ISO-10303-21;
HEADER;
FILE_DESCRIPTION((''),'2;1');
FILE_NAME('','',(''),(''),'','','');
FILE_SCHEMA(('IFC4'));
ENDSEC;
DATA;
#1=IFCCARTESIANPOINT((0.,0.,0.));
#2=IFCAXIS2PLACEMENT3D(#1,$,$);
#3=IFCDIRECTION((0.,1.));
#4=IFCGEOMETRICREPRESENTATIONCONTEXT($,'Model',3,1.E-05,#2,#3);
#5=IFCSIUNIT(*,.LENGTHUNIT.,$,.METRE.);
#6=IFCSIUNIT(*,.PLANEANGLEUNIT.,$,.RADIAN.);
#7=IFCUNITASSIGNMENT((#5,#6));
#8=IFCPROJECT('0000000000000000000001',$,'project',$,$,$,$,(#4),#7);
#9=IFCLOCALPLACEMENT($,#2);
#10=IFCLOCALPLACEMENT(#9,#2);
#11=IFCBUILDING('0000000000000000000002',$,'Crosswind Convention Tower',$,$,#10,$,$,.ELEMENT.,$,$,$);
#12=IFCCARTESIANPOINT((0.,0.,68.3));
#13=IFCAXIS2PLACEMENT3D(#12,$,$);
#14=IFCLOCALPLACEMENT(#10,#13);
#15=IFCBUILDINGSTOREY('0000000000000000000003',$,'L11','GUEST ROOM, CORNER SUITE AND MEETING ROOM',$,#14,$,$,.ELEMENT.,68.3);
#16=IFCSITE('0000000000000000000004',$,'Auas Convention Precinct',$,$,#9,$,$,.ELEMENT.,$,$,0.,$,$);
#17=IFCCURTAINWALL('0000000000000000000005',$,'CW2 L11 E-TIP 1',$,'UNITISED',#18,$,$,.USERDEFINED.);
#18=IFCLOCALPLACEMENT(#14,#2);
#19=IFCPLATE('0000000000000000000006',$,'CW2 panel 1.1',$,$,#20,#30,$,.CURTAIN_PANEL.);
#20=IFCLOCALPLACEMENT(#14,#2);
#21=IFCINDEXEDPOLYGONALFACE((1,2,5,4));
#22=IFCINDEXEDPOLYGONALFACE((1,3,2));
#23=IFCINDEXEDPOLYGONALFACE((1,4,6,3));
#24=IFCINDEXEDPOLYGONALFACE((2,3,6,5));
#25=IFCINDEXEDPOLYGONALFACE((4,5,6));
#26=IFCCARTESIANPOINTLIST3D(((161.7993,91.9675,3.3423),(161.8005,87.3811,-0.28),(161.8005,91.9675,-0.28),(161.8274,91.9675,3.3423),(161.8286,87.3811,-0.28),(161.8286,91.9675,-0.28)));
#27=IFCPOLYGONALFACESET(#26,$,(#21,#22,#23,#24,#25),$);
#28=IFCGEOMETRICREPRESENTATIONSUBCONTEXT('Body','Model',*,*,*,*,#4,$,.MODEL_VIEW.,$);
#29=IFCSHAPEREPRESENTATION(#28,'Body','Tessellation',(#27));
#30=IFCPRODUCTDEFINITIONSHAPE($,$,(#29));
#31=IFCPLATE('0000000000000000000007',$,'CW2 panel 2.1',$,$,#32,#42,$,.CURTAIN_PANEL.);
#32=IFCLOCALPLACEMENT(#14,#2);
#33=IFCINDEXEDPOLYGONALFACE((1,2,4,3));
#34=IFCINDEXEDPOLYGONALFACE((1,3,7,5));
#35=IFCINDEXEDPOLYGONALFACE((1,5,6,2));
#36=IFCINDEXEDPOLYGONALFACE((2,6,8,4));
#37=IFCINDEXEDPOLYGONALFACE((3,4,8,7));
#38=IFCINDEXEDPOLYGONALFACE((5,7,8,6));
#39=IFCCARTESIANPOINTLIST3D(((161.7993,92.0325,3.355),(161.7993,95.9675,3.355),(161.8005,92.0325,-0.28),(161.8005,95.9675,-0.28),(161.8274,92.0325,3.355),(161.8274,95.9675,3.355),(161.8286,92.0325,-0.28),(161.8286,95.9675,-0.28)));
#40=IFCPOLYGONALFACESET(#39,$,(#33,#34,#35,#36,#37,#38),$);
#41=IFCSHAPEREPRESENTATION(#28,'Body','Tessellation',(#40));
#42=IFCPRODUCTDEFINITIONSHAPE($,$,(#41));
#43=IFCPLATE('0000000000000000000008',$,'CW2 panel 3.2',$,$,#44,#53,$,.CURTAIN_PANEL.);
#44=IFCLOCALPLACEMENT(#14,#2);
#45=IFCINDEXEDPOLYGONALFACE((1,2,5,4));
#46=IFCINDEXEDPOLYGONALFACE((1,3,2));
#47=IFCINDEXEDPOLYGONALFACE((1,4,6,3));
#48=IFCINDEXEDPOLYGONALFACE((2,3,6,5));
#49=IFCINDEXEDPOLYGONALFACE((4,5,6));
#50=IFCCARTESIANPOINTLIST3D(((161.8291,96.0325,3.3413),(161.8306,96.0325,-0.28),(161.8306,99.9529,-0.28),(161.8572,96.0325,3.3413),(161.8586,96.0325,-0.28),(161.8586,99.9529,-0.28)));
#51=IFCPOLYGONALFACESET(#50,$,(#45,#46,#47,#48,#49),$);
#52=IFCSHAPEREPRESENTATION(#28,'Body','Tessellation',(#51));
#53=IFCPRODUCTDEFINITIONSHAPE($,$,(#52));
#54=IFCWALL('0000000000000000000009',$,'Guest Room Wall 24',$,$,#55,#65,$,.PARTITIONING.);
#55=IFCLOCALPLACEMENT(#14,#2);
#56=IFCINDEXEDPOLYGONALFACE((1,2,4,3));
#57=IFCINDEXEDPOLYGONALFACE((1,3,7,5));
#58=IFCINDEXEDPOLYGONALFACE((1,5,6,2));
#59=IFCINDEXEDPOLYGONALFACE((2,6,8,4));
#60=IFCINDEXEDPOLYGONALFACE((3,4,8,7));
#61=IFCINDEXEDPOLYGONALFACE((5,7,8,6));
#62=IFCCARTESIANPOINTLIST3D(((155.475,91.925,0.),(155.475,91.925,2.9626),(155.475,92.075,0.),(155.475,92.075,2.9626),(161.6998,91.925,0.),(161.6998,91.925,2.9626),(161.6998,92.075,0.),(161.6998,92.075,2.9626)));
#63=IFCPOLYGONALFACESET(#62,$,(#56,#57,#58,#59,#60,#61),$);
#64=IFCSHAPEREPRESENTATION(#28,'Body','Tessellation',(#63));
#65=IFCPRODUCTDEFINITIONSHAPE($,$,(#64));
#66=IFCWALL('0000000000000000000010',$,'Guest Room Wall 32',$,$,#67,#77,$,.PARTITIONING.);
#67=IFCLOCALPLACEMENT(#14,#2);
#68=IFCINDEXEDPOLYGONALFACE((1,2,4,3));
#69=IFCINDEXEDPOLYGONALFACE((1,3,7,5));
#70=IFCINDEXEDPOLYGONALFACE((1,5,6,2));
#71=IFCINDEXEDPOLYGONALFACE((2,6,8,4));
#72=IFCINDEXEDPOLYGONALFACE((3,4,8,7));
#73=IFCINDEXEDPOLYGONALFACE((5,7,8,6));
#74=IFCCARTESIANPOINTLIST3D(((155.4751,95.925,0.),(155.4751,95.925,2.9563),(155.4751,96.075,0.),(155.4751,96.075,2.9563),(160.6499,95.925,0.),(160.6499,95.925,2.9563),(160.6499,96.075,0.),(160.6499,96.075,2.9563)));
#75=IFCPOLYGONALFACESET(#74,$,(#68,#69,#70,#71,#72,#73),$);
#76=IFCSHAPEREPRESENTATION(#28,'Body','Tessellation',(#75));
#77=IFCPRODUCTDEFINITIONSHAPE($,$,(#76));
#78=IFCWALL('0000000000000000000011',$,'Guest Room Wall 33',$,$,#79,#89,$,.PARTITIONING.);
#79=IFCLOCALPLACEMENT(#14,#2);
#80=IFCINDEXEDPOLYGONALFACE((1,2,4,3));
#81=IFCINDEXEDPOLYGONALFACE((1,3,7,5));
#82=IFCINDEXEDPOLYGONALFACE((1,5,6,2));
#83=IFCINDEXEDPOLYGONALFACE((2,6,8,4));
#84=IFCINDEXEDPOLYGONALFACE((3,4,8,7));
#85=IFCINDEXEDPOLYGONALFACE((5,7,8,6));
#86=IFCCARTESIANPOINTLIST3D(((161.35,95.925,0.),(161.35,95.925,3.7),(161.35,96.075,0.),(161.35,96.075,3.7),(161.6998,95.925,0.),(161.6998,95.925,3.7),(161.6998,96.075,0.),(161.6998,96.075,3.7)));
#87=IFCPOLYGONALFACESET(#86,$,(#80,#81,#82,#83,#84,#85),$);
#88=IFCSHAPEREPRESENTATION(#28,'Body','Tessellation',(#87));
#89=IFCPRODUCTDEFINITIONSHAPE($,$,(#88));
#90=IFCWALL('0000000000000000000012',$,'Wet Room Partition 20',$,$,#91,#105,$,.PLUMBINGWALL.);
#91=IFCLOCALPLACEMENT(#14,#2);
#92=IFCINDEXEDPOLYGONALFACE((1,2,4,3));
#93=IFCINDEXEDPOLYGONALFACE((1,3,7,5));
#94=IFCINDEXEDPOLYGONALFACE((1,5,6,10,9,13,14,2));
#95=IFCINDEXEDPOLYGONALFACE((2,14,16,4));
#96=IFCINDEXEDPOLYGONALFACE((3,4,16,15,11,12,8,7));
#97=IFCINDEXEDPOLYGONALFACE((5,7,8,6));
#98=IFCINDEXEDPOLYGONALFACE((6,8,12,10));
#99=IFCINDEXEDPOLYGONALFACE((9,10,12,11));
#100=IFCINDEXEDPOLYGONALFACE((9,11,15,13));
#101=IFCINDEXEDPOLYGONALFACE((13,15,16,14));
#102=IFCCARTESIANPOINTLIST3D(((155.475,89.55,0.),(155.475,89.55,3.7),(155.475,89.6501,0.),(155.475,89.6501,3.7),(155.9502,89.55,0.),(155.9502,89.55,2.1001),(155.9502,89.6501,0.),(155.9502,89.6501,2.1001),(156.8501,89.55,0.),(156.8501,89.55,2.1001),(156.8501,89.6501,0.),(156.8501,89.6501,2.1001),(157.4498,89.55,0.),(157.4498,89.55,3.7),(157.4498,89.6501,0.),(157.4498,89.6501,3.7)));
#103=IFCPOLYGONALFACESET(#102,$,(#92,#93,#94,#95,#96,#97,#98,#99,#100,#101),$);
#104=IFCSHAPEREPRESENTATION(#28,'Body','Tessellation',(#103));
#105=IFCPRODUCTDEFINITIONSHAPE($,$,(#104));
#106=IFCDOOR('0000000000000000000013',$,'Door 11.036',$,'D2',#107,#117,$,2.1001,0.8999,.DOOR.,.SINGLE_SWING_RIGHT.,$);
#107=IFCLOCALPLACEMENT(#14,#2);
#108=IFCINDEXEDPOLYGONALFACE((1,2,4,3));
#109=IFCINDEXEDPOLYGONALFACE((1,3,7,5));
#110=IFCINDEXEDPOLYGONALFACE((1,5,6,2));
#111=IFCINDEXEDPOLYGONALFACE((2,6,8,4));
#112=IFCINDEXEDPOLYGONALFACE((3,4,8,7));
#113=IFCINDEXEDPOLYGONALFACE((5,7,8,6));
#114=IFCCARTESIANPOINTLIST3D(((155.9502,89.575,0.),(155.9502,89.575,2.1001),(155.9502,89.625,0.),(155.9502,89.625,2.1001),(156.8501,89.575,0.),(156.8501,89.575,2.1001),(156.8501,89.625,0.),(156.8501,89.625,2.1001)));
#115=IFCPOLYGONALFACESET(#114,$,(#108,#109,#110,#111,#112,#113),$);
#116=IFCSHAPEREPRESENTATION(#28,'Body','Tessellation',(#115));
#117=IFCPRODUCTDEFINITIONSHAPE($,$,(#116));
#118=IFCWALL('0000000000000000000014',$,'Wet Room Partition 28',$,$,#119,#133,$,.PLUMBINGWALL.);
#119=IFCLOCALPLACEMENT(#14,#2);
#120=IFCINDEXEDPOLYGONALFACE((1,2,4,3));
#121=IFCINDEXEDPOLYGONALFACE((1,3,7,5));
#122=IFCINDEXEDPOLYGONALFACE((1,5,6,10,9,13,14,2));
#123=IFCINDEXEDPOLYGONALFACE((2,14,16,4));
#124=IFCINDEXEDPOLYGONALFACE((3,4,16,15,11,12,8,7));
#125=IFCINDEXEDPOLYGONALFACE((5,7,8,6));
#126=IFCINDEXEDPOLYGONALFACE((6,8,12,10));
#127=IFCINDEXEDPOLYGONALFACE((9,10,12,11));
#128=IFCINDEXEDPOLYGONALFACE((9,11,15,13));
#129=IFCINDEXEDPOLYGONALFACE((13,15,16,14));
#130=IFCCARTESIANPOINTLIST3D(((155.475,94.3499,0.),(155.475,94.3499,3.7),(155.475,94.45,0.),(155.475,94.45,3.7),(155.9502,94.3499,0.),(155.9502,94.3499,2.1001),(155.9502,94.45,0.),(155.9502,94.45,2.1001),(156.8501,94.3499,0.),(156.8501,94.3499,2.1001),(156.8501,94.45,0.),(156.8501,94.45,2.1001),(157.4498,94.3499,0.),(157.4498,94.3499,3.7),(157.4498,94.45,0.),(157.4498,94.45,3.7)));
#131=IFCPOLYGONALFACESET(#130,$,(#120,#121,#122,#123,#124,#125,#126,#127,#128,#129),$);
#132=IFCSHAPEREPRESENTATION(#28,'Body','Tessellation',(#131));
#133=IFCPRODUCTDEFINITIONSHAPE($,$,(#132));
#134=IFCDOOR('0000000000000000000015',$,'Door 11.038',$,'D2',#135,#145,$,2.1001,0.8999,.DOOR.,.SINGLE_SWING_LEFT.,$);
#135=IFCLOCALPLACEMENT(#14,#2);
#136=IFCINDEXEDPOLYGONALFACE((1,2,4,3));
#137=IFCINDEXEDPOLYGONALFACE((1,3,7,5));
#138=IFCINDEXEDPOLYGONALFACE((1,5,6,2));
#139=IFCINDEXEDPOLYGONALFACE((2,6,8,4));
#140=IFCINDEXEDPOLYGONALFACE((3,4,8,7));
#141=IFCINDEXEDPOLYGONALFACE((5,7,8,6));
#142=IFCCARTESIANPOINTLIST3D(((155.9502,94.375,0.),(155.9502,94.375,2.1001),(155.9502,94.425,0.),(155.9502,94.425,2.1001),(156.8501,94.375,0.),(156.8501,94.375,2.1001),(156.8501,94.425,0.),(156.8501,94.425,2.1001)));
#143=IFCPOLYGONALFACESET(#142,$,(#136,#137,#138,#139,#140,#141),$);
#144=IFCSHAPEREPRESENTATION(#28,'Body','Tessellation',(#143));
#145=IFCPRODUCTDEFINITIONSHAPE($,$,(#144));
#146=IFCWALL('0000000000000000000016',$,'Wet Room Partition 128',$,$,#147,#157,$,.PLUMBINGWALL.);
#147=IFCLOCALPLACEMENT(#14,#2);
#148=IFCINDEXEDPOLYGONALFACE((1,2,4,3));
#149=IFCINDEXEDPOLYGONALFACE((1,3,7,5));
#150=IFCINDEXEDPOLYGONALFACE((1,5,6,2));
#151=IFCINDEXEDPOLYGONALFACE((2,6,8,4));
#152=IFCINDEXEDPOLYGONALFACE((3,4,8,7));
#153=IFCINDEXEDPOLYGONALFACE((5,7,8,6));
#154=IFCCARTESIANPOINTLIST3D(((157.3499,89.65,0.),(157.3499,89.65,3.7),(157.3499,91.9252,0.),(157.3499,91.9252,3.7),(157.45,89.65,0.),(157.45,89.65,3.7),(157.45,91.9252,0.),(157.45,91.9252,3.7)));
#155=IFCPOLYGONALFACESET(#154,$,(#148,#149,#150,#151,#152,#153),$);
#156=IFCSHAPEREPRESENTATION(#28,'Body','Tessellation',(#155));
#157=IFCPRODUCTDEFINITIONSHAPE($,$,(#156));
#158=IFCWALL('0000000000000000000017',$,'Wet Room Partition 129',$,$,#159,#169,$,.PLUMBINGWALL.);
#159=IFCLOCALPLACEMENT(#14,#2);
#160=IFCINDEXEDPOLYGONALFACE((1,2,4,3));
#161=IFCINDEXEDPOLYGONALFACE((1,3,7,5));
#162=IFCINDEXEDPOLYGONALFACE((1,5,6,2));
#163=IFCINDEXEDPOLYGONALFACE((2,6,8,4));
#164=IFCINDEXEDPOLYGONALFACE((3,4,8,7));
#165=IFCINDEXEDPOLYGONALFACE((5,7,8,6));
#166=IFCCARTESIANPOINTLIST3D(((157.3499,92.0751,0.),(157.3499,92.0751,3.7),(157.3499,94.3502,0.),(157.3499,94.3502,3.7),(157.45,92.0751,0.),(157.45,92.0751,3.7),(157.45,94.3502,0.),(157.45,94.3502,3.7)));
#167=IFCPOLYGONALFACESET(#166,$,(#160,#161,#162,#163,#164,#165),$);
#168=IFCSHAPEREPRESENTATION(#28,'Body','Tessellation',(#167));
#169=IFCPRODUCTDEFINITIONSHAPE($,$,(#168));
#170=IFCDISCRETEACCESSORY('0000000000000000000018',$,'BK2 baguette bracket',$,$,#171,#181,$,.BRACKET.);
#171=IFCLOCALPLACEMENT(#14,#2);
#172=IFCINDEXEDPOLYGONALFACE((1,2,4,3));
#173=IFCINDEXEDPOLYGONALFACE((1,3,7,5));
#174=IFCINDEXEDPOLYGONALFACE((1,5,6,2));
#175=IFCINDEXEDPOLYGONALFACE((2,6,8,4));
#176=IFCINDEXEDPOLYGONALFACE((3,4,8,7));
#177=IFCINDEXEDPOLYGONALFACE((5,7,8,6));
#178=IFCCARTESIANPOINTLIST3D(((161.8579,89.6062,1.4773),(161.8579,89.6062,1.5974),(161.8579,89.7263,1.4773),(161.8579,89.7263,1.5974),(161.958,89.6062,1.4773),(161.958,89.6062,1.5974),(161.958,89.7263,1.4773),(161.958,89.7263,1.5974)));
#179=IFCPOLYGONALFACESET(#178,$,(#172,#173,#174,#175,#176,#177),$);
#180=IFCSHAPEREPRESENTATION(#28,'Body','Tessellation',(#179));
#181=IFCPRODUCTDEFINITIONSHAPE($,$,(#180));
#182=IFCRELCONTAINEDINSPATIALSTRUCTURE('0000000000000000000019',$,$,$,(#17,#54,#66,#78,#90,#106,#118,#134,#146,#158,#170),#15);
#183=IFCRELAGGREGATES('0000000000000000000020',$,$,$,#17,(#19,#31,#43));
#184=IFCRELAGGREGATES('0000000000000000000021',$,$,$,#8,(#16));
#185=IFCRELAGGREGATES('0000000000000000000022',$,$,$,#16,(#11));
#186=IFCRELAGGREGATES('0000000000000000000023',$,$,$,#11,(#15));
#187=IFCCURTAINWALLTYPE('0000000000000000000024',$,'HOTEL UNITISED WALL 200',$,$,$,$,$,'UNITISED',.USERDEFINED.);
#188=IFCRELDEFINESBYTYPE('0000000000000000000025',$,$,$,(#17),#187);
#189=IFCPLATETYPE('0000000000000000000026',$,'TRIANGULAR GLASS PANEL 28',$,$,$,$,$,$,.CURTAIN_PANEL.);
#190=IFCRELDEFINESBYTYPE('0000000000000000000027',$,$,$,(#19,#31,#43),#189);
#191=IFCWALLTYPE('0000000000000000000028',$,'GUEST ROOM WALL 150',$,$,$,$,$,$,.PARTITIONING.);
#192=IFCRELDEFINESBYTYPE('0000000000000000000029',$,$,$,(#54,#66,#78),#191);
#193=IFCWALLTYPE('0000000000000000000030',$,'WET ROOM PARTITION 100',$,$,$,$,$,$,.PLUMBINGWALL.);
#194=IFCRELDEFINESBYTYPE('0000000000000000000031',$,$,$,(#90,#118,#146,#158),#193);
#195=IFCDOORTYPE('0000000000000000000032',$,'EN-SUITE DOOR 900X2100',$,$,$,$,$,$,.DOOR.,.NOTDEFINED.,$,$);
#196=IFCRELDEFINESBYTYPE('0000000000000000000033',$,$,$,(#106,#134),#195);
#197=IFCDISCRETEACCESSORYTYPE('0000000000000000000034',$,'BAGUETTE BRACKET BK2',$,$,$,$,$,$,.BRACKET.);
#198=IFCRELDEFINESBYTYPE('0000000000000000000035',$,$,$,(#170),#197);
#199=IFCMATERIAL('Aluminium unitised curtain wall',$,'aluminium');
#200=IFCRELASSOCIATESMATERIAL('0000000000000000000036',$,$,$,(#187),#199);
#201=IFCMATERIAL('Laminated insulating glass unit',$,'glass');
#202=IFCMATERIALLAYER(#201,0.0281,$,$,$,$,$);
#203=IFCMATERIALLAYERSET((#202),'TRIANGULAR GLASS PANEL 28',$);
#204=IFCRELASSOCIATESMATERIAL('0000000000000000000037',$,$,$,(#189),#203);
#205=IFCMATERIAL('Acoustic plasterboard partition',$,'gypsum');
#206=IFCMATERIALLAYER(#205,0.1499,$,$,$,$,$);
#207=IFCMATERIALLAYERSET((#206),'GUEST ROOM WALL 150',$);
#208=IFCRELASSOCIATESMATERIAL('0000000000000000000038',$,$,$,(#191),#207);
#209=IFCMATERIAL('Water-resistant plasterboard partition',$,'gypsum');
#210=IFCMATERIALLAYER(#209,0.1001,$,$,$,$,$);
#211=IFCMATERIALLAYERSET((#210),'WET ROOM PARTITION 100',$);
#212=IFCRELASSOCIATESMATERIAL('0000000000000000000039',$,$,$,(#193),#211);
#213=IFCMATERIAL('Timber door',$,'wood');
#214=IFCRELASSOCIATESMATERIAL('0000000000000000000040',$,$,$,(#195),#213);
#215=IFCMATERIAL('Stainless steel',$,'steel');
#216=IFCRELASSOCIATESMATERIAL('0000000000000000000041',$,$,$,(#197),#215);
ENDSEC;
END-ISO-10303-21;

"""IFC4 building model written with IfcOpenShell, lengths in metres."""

from ifc_helpers import new_model, si_unit, direction, frame, frame_2d, origin, origin_2d, place, context, subcontext, project, spatial, polyline, rectangle, outline, extrude, material, layer, layer_set, type_object, element, fill, aggregate, save


model = new_model("IFC4")

# Units and contexts
model_context = context("Model", 3, precision=1e-05, world=origin(), true_north=direction((0.0, 1.0)))
body_context = subcontext(model_context, "Body", "Model", "MODEL_VIEW")
ifc_project = project(units=[si_unit("LENGTHUNIT", "METRE"), si_unit("PLANEANGLEUNIT", "RADIAN")], contexts=[model_context])

# Site, building, storey
site_placement = place(None, origin())
site = spatial("IfcSite", under=ifc_project, at=site_placement, Name="Auas Convention Precinct", CompositionType="ELEMENT", RefElevation=0.0)
building_placement = place(site_placement, origin())
building = spatial("IfcBuilding", under=site, at=building_placement, Name="Crosswind Convention Tower", CompositionType="ELEMENT")
storey_placement = place(building_placement, frame((0.0, 0.0, 68.3)))
storey = spatial("IfcBuildingStorey", under=building, at=storey_placement, Name="L11", Description="GUEST ROOM, CORNER SUITE AND MEETING ROOM", CompositionType="ELEMENT", Elevation=68.3)

# Curtain wall, plates
ifc_material_1 = material(Name="Aluminium unitised curtain wall", Category="aluminium")
curtain_wall_type = type_object("IfcCurtainWallType", Name="HOTEL UNITISED WALL 200", ElementType="UNITISED", PredefinedType="USERDEFINED", material=ifc_material_1)
curtain_wall_placement = place(storey_placement, origin())
curtain_wall = element("IfcCurtainWall", 1, at=curtain_wall_placement, inside=storey, type_object=curtain_wall_type, Name="CW2 L11 E-TIP 1", ObjectType="UNITISED", PredefinedType="USERDEFINED")
ifc_material_2 = material(Name="Laminated insulating glass unit", Category="glass")
ifc_layer_1 = layer(ifc_material_2, 0.0281)
ifc_layer_set_1 = layer_set([ifc_layer_1], Name="TRIANGULAR GLASS PANEL 28")
plate_type = type_object("IfcPlateType", Name="TRIANGULAR GLASS PANEL 28", PredefinedType="CURTAIN_PANEL", material=ifc_layer_set_1)
plate_1_placement = place(storey_placement, frame((161.8286, 91.9675, -0.28), z_axis=(1.0, 0.0, 0.000337), x_axis=(-0.000337, 0.0, 1.0)))
plate_1 = element("IfcPlate", 2, at=plate_1_placement, type_object=plate_type, Name="CW2 panel 1.1", PredefinedType="CURTAIN_PANEL", context=body_context, shape_type="SweptSolid", body=[
    extrude(outline(polyline([(0.0, 0.0), (3.6223, 0.0), (0.0, 4.5864), (0.0, 0.0)])), origin(), (0.0, 0.0, -1.0), 0.0281),
])
plate_2_placement = place(storey_placement, frame((161.8286, 92.0325, -0.28), z_axis=(1.0, 0.0, 0.000336), x_axis=(0.0, 1.0, 0.0)))
plate_2 = element("IfcPlate", 3, at=plate_2_placement, type_object=plate_type, Name="CW2 panel 2.1", PredefinedType="CURTAIN_PANEL", context=body_context, shape_type="SweptSolid", body=[
    extrude(outline(polyline([(0.0, 0.0), (3.9351, 0.0), (3.9351, 3.635), (0.0, 3.635), (0.0, 0.0)])), origin(), (0.0, 0.0, -1.0), 0.0281),
])
plate_3_placement = place(storey_placement, frame((161.8586, 96.0325, -0.28), z_axis=(1.0, 0.0, 0.000405), x_axis=(0.0, 1.0, 0.0)))
plate_3 = element("IfcPlate", 4, at=plate_3_placement, type_object=plate_type, Name="CW2 panel 3.2", PredefinedType="CURTAIN_PANEL", context=body_context, shape_type="SweptSolid", body=[
    extrude(outline(polyline([(0.0, 0.0), (3.9204, 0.0), (0.0, 3.6213), (0.0, 0.0)])), origin(), (0.0, 0.0, -1.0), 0.0281),
])
aggregate(curtain_wall, [plate_1, plate_2, plate_3])

# Walls
ifc_material_3 = material(Name="Acoustic plasterboard partition", Category="gypsum")
ifc_layer_2 = layer(ifc_material_3, 0.1499)
ifc_layer_set_2 = layer_set([ifc_layer_2], Name="GUEST ROOM WALL 150")
wall_type_1 = type_object("IfcWallType", Name="GUEST ROOM WALL 150", PredefinedType="PARTITIONING", material=ifc_layer_set_2)
wall_1_placement = place(storey_placement, frame((155.4751, 92.0, 0.0), z_axis=(0.0, 0.0, 1.0), x_axis=(1.0, 0.0, 0.0)))
element("IfcWall", 5, at=wall_1_placement, inside=storey, type_object=wall_type_1, Name="Guest Room Wall 24", PredefinedType="PARTITIONING", context=body_context, shape_type="SweptSolid", body=[
    extrude(rectangle(XDim=6.2249, YDim=0.1499, at=frame_2d((3.1123, 0.0))), origin(), (0.0, 0.0, 1.0), 2.9626),
])
wall_2_placement = place(storey_placement, frame((155.4751, 96.0, 0.0), z_axis=(0.0, 0.0, 1.0), x_axis=(1.0, 0.0, 0.0)))
element("IfcWall", 6, at=wall_2_placement, inside=storey, type_object=wall_type_1, Name="Guest Room Wall 32", PredefinedType="PARTITIONING", context=body_context, shape_type="SweptSolid", body=[
    extrude(rectangle(XDim=5.1748, YDim=0.1499, at=frame_2d((2.5874, 0.0))), origin(), (0.0, 0.0, 1.0), 2.9563),
])
wall_3_placement = place(storey_placement, frame((161.3501, 96.0, 0.0), z_axis=(0.0, 0.0, 1.0), x_axis=(1.0, 0.0, 0.0)))
element("IfcWall", 7, at=wall_3_placement, inside=storey, type_object=wall_type_1, Name="Guest Room Wall 33", PredefinedType="PARTITIONING", context=body_context, shape_type="SweptSolid", body=[
    extrude(rectangle(XDim=0.3499, YDim=0.1499, at=frame_2d((0.1748, 0.0))), origin(), (0.0, 0.0, 1.0), 3.7),
])

# Walls, openings, doors
ifc_material_4 = material(Name="Water-resistant plasterboard partition", Category="gypsum")
ifc_layer_3 = layer(ifc_material_4, 0.1001)
ifc_layer_set_3 = layer_set([ifc_layer_3], Name="WET ROOM PARTITION 100")
wall_type_2 = type_object("IfcWallType", Name="WET ROOM PARTITION 100", PredefinedType="PLUMBINGWALL", material=ifc_layer_set_3)
wall_4_placement = place(storey_placement, frame((155.4751, 89.6001, 0.0), z_axis=(0.0, 0.0, 1.0), x_axis=(1.0, 0.0, 0.0)))
wall_4 = element("IfcWall", 8, at=wall_4_placement, inside=storey, type_object=wall_type_2, Name="Wet Room Partition 20", PredefinedType="PLUMBINGWALL", context=body_context, shape_type="SweptSolid", body=[
    extrude(rectangle(XDim=1.9749, YDim=0.1001, at=frame_2d((0.9873, 0.0))), origin(), (0.0, 0.0, 1.0), 3.7),
])
opening_1_placement = place(wall_4_placement, frame((0.4751, 0.0, 0.0)))
opening_1 = element("IfcOpeningElement", 9, at=opening_1_placement, cuts=wall_4, PredefinedType="OPENING", context=body_context, shape_type="SweptSolid", body=[
    extrude(rectangle(XDim=0.8999, YDim=2.1001, at=frame_2d((0.45, 1.05))), frame((0.0, 0.0601, 0.0), z_axis=(0.0, -1.0, 0.0), x_axis=(1.0, 0.0, 0.0)), (0.0, 0.0, 1.0), 0.1201),
])
ifc_material_5 = material(Name="Timber door", Category="wood")
door_type = type_object("IfcDoorType", Name="EN-SUITE DOOR 900X2100", OperationType="NOTDEFINED", PredefinedType="DOOR", material=ifc_material_5)
door_1_placement = place(opening_1_placement, origin())
door_1 = element("IfcDoor", 10, at=door_1_placement, inside=storey, type_object=door_type, Name="Door 11.036", ObjectType="D2", OperationType="SINGLE_SWING_RIGHT", OverallHeight=2.1001, OverallWidth=0.8999, PredefinedType="DOOR", context=body_context, shape_type="SweptSolid", body=[
    extrude(rectangle(XDim=0.8999, YDim=2.1001, at=frame_2d((0.45, 1.05))), frame((0.0, 0.0249, 0.0), z_axis=(0.0, -1.0, 0.0), x_axis=(1.0, 0.0, 0.0)), (0.0, 0.0, 1.0), 0.05),
])
fill(opening_1, door_1)
wall_5_placement = place(storey_placement, frame((155.4751, 94.3999, 0.0), z_axis=(0.0, 0.0, 1.0), x_axis=(1.0, 0.0, 0.0)))
wall_5 = element("IfcWall", 11, at=wall_5_placement, inside=storey, type_object=wall_type_2, Name="Wet Room Partition 28", PredefinedType="PLUMBINGWALL", context=body_context, shape_type="SweptSolid", body=[
    extrude(rectangle(XDim=1.9749, YDim=0.1001, at=frame_2d((0.9873, 0.0))), origin(), (0.0, 0.0, 1.0), 3.7),
])
opening_2_placement = place(wall_5_placement, frame((0.4751, 0.0, 0.0)))
opening_2 = element("IfcOpeningElement", 12, at=opening_2_placement, cuts=wall_5, PredefinedType="OPENING", context=body_context, shape_type="SweptSolid", body=[
    extrude(rectangle(XDim=0.8999, YDim=2.1001, at=frame_2d((0.45, 1.05))), frame((0.0, 0.0601, 0.0), z_axis=(0.0, -1.0, 0.0), x_axis=(1.0, 0.0, 0.0)), (0.0, 0.0, 1.0), 0.1201),
])
door_2_placement = place(opening_2_placement, frame((0.8999, 0.0, 0.0), z_axis=(0.0, 0.0, 1.0), x_axis=(-1.0, 0.0, 0.0)))
door_2 = element("IfcDoor", 13, at=door_2_placement, inside=storey, type_object=door_type, Name="Door 11.038", ObjectType="D2", OperationType="SINGLE_SWING_LEFT", OverallHeight=2.1001, OverallWidth=0.8999, PredefinedType="DOOR", context=body_context, shape_type="SweptSolid", body=[
    extrude(rectangle(XDim=0.8999, YDim=2.1001, at=frame_2d((0.45, 1.05))), frame((0.0, 0.0249, 0.0), z_axis=(0.0, -1.0, 0.0), x_axis=(1.0, 0.0, 0.0)), (0.0, 0.0, 1.0), 0.05),
])
fill(opening_2, door_2)

# Walls
for number, where, z_axis, x_axis, name in (
    (14, (157.3999, 89.6499, 0.0), (0.0, 0.0, 1.0), (0.0, 1.0, 0.0), "Wet Room Partition 128"),
    (15, (157.3999, 92.075, 0.0), (0.0, 0.0, 1.0), (0.0, 1.0, 0.0), "Wet Room Partition 129"),
):
    element("IfcWall", number, at=place(storey_placement, frame(where, z_axis=z_axis, x_axis=x_axis)), inside=storey, type_object=wall_type_2, Name=name, PredefinedType="PLUMBINGWALL", context=body_context, shape_type="SweptSolid", body=[
        extrude(rectangle(XDim=2.2751, YDim=0.1001, at=frame_2d((1.1377, 0.0))), origin(), (0.0, 0.0, 1.0), 3.7),
    ])

# Discrete accessory
ifc_material_6 = material(Name="Stainless steel", Category="steel")
discrete_accessory_type = type_object("IfcDiscreteAccessoryType", Name="BAGUETTE BRACKET BK2", PredefinedType="BRACKET", material=ifc_material_6)
discrete_accessory_placement = place(storey_placement, frame((161.908, 89.6663, 1.4773), z_axis=(0.0, 0.0, 1.0), x_axis=(0.0, 1.0, 0.0)))
element("IfcDiscreteAccessory", 16, at=discrete_accessory_placement, inside=storey, type_object=discrete_accessory_type, Name="BK2 baguette bracket", PredefinedType="BRACKET", context=body_context, shape_type="SweptSolid", body=[
    extrude(rectangle(XDim=0.1201, YDim=0.1001, at=origin_2d()), origin(), (0.0, 0.0, 1.0), 0.1201),
])

save(model, "model.ifc")
